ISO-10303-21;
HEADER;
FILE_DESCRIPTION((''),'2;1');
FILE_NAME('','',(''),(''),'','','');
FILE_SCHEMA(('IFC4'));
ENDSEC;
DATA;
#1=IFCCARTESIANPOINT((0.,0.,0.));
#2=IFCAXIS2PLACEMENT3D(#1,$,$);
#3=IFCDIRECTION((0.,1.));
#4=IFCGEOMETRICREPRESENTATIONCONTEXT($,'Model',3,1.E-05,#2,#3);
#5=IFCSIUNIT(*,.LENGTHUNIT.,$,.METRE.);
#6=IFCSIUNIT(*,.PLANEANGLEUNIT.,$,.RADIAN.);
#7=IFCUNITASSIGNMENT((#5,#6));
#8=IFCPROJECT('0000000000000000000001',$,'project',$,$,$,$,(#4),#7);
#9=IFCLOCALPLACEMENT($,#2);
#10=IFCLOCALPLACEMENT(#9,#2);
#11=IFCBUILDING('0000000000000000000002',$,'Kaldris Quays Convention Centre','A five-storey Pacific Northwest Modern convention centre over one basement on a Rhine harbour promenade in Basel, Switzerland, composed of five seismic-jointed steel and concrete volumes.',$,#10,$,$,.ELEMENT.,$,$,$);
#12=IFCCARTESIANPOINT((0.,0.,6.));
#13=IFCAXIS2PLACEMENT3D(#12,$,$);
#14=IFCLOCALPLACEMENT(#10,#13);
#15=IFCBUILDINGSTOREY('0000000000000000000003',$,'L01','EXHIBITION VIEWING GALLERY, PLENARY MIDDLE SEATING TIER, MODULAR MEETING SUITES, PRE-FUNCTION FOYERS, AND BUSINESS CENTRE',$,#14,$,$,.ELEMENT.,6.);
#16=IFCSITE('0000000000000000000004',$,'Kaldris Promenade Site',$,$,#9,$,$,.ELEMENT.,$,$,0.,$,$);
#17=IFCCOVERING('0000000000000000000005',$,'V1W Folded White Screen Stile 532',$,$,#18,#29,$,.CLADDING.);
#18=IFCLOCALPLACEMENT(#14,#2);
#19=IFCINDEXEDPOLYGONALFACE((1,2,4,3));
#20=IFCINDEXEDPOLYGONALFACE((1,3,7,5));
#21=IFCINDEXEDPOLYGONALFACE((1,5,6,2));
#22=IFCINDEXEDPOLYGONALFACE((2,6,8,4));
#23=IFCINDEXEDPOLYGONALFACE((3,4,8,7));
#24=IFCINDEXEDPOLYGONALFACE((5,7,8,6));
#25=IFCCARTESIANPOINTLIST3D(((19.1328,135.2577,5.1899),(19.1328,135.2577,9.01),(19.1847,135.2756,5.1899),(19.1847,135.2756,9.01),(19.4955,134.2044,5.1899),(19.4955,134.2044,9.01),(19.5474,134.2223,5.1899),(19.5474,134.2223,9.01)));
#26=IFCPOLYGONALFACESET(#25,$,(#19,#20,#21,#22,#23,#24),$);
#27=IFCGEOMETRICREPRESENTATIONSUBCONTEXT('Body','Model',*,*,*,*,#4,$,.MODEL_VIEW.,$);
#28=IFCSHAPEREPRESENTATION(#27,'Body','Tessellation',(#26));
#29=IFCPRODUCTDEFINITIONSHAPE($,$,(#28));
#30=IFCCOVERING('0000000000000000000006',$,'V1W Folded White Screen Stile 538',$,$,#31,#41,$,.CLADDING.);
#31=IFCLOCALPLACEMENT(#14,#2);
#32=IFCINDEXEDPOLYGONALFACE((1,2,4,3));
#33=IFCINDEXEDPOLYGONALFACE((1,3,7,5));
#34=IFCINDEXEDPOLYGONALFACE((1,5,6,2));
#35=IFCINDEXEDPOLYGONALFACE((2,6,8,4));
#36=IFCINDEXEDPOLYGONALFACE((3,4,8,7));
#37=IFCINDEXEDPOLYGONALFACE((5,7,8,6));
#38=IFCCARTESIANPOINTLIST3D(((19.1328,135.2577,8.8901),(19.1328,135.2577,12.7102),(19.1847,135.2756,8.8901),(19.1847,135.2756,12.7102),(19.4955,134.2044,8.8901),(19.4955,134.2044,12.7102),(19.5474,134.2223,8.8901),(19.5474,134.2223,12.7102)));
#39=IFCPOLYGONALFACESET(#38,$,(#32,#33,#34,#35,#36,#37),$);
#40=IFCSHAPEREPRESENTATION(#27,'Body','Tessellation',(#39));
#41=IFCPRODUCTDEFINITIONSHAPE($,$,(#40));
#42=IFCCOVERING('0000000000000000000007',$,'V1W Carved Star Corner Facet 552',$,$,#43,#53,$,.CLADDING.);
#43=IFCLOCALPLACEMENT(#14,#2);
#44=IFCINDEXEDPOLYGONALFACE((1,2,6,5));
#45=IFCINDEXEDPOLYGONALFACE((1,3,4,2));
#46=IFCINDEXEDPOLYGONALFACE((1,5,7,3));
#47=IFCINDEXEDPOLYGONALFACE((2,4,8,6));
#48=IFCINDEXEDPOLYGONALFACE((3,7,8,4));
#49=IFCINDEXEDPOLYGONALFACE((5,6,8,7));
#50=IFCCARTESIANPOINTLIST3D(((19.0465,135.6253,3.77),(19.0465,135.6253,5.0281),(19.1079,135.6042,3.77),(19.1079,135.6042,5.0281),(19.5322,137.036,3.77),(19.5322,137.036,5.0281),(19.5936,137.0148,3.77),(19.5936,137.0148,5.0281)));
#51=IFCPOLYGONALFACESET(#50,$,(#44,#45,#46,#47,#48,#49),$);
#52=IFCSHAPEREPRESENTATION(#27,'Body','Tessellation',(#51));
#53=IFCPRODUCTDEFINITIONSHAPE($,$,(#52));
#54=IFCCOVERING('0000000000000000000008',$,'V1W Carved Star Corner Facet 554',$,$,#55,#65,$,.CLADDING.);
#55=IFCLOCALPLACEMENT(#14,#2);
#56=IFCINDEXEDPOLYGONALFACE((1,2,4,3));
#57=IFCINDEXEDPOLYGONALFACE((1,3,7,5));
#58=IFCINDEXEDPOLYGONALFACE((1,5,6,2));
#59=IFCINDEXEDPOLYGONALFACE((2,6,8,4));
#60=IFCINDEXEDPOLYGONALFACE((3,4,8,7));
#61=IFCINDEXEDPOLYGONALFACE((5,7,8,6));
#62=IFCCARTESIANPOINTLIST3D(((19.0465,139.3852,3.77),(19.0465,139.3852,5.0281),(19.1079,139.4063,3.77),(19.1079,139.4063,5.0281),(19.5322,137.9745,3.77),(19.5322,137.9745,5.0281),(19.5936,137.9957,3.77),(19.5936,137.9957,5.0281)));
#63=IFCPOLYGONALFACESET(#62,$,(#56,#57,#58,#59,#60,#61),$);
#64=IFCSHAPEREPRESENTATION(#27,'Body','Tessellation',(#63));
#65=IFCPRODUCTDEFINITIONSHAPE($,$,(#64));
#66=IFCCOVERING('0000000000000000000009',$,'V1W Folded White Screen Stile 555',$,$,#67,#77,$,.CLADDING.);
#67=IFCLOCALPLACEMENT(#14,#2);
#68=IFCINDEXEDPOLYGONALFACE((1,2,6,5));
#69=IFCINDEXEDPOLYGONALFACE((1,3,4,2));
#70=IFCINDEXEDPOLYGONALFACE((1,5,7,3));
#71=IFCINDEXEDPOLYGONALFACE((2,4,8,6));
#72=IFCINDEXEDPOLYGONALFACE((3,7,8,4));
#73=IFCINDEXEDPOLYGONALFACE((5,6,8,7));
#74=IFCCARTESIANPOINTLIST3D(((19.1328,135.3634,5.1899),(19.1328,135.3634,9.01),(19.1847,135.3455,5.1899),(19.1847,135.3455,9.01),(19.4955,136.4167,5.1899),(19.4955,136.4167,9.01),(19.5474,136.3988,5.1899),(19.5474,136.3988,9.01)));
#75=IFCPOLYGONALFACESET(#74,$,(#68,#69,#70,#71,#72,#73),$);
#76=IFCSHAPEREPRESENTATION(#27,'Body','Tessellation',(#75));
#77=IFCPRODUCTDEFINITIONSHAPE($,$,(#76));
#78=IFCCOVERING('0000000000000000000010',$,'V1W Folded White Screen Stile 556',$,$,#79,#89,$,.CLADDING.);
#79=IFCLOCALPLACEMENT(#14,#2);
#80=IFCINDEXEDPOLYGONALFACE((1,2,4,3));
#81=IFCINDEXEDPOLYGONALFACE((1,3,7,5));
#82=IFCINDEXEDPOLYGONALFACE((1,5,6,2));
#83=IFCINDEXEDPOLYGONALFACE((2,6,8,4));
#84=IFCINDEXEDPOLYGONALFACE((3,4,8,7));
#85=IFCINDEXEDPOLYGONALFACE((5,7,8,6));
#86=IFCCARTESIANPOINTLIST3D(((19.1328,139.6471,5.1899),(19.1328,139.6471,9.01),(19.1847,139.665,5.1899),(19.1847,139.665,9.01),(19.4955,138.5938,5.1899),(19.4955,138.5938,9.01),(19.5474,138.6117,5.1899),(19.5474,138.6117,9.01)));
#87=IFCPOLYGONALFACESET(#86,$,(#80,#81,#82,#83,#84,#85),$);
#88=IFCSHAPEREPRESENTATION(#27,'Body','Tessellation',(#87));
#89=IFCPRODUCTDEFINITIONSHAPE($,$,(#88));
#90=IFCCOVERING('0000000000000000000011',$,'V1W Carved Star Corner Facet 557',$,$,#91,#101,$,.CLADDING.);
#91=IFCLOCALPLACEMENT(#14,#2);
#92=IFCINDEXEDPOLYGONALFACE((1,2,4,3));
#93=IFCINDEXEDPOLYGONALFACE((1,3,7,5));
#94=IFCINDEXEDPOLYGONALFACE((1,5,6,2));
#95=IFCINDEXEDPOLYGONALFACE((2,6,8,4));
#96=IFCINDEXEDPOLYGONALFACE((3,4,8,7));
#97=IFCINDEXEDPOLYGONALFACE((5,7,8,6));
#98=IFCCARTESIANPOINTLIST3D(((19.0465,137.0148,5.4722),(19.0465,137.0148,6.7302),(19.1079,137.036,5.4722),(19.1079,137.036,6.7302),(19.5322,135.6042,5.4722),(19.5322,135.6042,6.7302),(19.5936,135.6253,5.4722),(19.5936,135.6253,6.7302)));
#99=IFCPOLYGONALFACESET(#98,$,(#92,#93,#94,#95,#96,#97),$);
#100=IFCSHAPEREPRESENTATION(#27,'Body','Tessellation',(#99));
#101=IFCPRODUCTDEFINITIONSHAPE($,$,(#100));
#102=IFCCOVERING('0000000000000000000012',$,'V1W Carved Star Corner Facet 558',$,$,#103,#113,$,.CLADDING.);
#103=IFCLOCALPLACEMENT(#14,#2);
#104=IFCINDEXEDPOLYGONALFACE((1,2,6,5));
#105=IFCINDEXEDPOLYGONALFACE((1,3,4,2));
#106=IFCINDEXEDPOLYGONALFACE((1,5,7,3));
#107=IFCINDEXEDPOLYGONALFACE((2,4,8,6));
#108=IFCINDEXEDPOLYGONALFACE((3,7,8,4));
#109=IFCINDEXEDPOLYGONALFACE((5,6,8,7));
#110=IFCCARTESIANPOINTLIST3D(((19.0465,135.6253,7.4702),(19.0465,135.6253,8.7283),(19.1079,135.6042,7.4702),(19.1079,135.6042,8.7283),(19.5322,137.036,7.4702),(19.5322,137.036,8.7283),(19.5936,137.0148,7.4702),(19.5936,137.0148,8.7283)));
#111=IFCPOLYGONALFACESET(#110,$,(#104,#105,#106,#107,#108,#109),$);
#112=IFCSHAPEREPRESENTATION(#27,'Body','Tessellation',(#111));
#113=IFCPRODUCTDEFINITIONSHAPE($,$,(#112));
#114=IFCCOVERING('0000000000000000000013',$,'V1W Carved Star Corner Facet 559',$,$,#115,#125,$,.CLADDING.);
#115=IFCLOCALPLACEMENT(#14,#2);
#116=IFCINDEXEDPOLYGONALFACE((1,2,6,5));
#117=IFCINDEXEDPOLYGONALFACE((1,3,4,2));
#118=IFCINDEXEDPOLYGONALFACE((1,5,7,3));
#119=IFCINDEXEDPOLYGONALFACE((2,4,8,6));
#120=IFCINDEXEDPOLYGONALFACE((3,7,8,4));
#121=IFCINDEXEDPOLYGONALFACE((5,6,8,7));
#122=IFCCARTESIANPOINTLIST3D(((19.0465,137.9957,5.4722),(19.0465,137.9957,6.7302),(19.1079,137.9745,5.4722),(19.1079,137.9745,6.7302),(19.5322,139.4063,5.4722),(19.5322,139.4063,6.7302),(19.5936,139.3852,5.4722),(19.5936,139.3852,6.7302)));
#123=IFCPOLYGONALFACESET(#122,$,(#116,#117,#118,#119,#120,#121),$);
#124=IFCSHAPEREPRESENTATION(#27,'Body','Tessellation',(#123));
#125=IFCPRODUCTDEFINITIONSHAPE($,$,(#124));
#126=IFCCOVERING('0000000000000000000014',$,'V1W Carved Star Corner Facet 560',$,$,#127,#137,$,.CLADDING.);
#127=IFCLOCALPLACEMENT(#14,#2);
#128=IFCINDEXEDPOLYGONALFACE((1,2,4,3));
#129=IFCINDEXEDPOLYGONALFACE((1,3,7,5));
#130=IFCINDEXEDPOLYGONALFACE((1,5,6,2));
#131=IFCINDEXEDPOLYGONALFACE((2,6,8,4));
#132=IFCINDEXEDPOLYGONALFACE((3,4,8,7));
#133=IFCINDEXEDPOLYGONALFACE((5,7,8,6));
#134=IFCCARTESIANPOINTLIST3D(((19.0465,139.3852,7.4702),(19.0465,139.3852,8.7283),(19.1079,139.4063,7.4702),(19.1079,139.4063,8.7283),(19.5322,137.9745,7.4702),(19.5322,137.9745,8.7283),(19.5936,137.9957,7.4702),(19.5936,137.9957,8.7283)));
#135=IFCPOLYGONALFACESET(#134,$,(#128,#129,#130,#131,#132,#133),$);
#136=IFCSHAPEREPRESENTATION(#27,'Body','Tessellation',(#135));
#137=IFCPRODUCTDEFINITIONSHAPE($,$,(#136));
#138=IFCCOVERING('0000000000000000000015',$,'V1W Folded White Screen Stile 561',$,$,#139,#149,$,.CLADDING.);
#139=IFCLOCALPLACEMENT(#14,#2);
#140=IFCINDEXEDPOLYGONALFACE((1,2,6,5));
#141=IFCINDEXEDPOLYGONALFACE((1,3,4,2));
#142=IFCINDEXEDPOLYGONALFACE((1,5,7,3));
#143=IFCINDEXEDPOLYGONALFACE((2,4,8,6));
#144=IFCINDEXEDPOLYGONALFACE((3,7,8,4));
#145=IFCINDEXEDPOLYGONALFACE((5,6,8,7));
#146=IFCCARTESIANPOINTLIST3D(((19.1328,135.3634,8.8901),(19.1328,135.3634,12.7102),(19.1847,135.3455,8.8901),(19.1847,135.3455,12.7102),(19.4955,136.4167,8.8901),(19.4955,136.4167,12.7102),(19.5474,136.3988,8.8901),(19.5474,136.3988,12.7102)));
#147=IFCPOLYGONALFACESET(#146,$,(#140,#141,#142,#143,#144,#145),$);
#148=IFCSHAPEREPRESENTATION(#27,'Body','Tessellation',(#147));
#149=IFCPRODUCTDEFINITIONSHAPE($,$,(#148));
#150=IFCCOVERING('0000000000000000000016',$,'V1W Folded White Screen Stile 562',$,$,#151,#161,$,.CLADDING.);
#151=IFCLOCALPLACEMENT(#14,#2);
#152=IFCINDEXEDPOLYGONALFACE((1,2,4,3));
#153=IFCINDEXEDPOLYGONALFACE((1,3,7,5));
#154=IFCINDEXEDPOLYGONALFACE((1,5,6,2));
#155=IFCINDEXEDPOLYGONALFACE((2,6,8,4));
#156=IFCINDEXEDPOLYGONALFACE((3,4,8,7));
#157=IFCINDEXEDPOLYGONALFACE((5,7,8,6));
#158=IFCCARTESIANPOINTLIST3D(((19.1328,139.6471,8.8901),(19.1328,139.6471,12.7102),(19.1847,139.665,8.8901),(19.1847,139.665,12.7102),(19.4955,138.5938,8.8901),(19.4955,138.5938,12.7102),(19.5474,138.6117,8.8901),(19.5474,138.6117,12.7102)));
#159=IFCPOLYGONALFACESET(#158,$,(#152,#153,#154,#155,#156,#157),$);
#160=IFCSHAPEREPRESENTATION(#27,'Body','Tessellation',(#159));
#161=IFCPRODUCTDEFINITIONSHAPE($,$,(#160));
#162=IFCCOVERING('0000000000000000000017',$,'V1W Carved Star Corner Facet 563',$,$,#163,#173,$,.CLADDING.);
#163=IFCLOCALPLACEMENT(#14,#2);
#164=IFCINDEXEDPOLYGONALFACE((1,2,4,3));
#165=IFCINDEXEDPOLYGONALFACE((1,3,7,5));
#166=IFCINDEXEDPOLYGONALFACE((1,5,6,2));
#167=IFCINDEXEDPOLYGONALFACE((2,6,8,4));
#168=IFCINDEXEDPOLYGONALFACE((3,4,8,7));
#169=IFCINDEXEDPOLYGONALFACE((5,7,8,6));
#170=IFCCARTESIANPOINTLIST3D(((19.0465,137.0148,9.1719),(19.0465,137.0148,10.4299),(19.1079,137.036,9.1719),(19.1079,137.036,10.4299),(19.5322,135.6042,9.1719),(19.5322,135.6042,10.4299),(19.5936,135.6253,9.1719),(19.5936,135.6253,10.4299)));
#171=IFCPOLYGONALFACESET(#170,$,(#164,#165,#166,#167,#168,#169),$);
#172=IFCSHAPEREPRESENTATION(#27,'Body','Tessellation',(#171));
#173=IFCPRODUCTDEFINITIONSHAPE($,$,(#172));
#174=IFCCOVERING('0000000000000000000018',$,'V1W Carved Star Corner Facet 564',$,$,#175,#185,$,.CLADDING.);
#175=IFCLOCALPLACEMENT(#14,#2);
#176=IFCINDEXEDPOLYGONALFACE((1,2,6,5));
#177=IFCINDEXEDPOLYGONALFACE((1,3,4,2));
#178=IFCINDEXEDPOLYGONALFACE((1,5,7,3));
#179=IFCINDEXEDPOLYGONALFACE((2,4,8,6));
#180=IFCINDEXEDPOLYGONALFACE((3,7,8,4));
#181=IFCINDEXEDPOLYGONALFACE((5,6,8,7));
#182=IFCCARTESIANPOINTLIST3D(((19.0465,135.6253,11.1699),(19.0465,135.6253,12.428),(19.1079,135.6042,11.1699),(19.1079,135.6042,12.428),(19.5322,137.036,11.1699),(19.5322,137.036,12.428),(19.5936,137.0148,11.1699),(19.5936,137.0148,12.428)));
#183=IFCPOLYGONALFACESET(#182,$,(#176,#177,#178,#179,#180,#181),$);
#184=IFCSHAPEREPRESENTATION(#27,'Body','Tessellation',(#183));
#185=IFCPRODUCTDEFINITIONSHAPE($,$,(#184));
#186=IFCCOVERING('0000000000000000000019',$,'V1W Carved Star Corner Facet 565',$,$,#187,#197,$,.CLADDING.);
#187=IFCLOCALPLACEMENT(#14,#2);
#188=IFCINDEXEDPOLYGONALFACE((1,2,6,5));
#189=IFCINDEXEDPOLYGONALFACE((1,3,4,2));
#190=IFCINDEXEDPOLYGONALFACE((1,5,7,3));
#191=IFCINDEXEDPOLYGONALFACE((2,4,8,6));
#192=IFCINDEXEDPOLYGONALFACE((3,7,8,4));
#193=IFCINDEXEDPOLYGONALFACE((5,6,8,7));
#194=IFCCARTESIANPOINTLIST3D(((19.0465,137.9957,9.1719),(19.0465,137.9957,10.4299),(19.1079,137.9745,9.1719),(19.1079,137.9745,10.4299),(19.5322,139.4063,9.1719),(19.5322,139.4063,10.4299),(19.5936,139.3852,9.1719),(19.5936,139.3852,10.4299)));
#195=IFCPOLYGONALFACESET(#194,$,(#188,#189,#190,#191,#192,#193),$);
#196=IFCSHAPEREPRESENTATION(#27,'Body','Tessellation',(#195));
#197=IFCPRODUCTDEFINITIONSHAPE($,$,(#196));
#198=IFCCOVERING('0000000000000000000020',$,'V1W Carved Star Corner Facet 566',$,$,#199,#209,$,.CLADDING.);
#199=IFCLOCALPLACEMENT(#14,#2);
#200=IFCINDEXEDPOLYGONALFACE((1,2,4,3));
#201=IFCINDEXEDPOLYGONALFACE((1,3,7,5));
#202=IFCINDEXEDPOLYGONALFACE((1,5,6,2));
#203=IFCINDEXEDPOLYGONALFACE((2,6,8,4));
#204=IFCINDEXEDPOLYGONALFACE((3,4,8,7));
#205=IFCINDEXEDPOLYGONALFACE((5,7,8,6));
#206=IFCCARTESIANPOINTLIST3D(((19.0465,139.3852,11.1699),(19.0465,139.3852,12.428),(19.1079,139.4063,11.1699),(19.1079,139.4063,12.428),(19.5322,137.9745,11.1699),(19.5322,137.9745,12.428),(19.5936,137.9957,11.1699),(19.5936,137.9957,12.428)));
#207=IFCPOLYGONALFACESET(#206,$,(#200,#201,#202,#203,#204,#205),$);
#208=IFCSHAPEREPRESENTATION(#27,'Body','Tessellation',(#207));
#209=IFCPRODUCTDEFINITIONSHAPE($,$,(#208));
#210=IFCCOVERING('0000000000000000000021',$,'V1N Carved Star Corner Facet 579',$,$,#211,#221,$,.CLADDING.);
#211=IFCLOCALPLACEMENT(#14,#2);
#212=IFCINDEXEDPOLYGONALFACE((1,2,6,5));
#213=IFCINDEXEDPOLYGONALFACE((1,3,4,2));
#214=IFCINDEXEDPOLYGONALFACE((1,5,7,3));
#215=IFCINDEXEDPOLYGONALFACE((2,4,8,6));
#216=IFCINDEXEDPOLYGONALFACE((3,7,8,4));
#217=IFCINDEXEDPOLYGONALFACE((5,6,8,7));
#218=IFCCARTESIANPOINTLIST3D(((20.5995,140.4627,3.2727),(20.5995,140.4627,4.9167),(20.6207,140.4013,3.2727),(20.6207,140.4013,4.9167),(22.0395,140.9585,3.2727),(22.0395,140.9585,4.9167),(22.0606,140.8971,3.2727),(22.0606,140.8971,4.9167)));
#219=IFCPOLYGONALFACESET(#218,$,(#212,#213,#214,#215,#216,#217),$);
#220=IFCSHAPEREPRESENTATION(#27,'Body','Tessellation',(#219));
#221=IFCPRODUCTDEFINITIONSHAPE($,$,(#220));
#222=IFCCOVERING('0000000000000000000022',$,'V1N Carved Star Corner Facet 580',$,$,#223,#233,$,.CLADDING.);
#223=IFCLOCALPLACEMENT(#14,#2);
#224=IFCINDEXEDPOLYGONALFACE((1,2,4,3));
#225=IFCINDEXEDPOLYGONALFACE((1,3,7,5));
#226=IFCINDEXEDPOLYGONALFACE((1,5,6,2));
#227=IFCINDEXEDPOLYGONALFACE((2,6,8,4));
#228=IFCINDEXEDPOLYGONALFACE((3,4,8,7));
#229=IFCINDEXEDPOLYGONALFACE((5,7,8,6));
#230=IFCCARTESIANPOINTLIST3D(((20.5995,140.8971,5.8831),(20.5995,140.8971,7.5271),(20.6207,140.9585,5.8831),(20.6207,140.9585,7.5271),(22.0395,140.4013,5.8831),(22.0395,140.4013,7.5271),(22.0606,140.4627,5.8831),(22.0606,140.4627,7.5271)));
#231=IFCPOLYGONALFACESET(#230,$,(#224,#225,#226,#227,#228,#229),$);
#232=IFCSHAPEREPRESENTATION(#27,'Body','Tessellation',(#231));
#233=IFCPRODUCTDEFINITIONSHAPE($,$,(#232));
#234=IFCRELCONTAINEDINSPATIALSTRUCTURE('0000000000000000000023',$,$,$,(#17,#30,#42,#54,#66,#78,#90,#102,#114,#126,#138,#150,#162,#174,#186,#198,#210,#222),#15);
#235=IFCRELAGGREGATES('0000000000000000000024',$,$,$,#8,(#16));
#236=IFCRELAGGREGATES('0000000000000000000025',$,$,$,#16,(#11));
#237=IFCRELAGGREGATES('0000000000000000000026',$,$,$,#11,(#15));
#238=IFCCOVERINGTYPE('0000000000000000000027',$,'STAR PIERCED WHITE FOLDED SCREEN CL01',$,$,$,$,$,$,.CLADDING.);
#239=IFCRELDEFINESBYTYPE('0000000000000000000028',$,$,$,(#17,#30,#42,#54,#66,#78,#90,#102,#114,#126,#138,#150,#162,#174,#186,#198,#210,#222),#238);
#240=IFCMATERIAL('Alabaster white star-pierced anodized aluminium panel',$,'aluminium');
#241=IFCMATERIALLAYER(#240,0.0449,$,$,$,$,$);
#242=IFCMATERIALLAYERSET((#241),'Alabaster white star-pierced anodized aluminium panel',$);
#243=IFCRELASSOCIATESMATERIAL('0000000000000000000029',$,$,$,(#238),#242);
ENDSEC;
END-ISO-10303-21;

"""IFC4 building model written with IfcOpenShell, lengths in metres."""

from ifc_helpers import new_model, si_unit, direction, frame, origin, origin_2d, place, context, subcontext, project, spatial, rectangle, extrude, material, layer, layer_set, type_object, element, save


model = new_model("IFC4")

# Units and contexts
model_context = context("Model", 3, precision=1e-05, world=origin(), true_north=direction((0.0, 1.0)))
body_context = subcontext(model_context, "Body", "Model", "MODEL_VIEW")
ifc_project = project(units=[si_unit("LENGTHUNIT", "METRE"), si_unit("PLANEANGLEUNIT", "RADIAN")], contexts=[model_context])

# Site, building, storey
site_placement = place(None, origin())
site = spatial("IfcSite", under=ifc_project, at=site_placement, Name="Kaldris Promenade Site", CompositionType="ELEMENT", RefElevation=0.0)
building_placement = place(site_placement, origin())
building = spatial("IfcBuilding", under=site, at=building_placement, Name="Kaldris Quays Convention Centre", Description="A five-storey Pacific Northwest Modern convention centre over one basement on a Rhine harbour promenade in Basel, Switzerland, composed of five seismic-jointed steel and concrete volumes.", CompositionType="ELEMENT")
storey_placement = place(building_placement, frame((0.0, 0.0, 6.0)))
storey = spatial("IfcBuildingStorey", under=building, at=storey_placement, Name="L01", Description="EXHIBITION VIEWING GALLERY, PLENARY MIDDLE SEATING TIER, MODULAR MEETING SUITES, PRE-FUNCTION FOYERS, AND BUSINESS CENTRE", CompositionType="ELEMENT", Elevation=6.0)

# Coverings
ifc_material_1 = material(Name="Alabaster white star-pierced anodized aluminium panel", Category="aluminium")
ifc_layer = layer(ifc_material_1, 0.0449)
ifc_layer_set = layer_set([ifc_layer], Name="Alabaster white star-pierced anodized aluminium panel")
covering_type = type_object("IfcCoveringType", Name="STAR PIERCED WHITE FOLDED SCREEN CL01", PredefinedType="CLADDING", material=ifc_layer_set)
for number, where, z_axis, x_axis, name in (
    (1, (19.3401, 134.74, 5.1899), (0.0, 0.0, 1.0), (-0.325568, 0.945519, 0.0), "V1W Folded White Screen Stile 532"),
    (2, (19.3401, 134.74, 8.8901), (0.0, 0.0, 1.0), (-0.325568, 0.945519, 0.0), "V1W Folded White Screen Stile 538"),
):
    element("IfcCovering", number, at=place(storey_placement, frame(where, z_axis=z_axis, x_axis=x_axis)), inside=storey, type_object=covering_type, Name=name, PredefinedType="CLADDING", context=body_context, shape_type="SweptSolid", body=[
        extrude(rectangle(XDim=1.114, YDim=0.0549, at=origin_2d()), origin(), (0.0, 0.0, 1.0), 3.8201),
    ])
for number, where, z_axis, x_axis, name in (
    (3, (19.3201, 136.3201, 3.77), (0.0, 0.0, 1.0), (0.325568, 0.945519, 0.0), "V1W Carved Star Corner Facet 552"),
    (4, (19.3201, 138.6904, 3.77), (0.0, 0.0, 1.0), (-0.325568, 0.945519, 0.0), "V1W Carved Star Corner Facet 554"),
):
    element("IfcCovering", number, at=place(storey_placement, frame(where, z_axis=z_axis, x_axis=x_axis)), inside=storey, type_object=covering_type, Name=name, PredefinedType="CLADDING", context=body_context, shape_type="SweptSolid", body=[
        extrude(rectangle(XDim=1.4919, YDim=0.0649, at=origin_2d()), origin(), (0.0, 0.0, 1.0), 1.2581),
    ])
for number, where, z_axis, x_axis, name in (
    (5, (19.3401, 135.8811, 5.1899), (0.0, 0.0, 1.0), (0.325568, 0.945519, 0.0), "V1W Folded White Screen Stile 555"),
    (6, (19.3401, 139.1294, 5.1899), (0.0, 0.0, 1.0), (-0.325568, 0.945519, 0.0), "V1W Folded White Screen Stile 556"),
):
    element("IfcCovering", number, at=place(storey_placement, frame(where, z_axis=z_axis, x_axis=x_axis)), inside=storey, type_object=covering_type, Name=name, PredefinedType="CLADDING", context=body_context, shape_type="SweptSolid", body=[
        extrude(rectangle(XDim=1.114, YDim=0.0549, at=origin_2d()), origin(), (0.0, 0.0, 1.0), 3.8201),
    ])
for number, where, z_axis, x_axis, name in (
    (7, (19.3201, 136.3201, 5.4722), (0.0, 0.0, 1.0), (-0.325568, 0.945519, 0.0), "V1W Carved Star Corner Facet 557"),
    (8, (19.3201, 136.3201, 7.4702), (0.0, 0.0, 1.0), (0.325568, 0.945519, 0.0), "V1W Carved Star Corner Facet 558"),
    (9, (19.3201, 138.6904, 5.4722), (0.0, 0.0, 1.0), (0.325568, 0.945519, 0.0), "V1W Carved Star Corner Facet 559"),
    (10, (19.3201, 138.6904, 7.4702), (0.0, 0.0, 1.0), (-0.325568, 0.945519, 0.0), "V1W Carved Star Corner Facet 560"),
):
    element("IfcCovering", number, at=place(storey_placement, frame(where, z_axis=z_axis, x_axis=x_axis)), inside=storey, type_object=covering_type, Name=name, PredefinedType="CLADDING", context=body_context, shape_type="SweptSolid", body=[
        extrude(rectangle(XDim=1.4919, YDim=0.0649, at=origin_2d()), origin(), (0.0, 0.0, 1.0), 1.2581),
    ])
for number, where, z_axis, x_axis, name in (
    (11, (19.3401, 135.8811, 8.8901), (0.0, 0.0, 1.0), (0.325568, 0.945519, 0.0), "V1W Folded White Screen Stile 561"),
    (12, (19.3401, 139.1294, 8.8901), (0.0, 0.0, 1.0), (-0.325568, 0.945519, 0.0), "V1W Folded White Screen Stile 562"),
):
    element("IfcCovering", number, at=place(storey_placement, frame(where, z_axis=z_axis, x_axis=x_axis)), inside=storey, type_object=covering_type, Name=name, PredefinedType="CLADDING", context=body_context, shape_type="SweptSolid", body=[
        extrude(rectangle(XDim=1.114, YDim=0.0549, at=origin_2d()), origin(), (0.0, 0.0, 1.0), 3.8201),
    ])
for number, where, z_axis, x_axis, name in (
    (13, (19.3201, 136.3201, 9.1719), (0.0, 0.0, 1.0), (-0.325568, 0.945519, 0.0), "V1W Carved Star Corner Facet 563"),
    (14, (19.3201, 136.3201, 11.1699), (0.0, 0.0, 1.0), (0.325568, 0.945519, 0.0), "V1W Carved Star Corner Facet 564"),
    (15, (19.3201, 138.6904, 9.1719), (0.0, 0.0, 1.0), (0.325568, 0.945519, 0.0), "V1W Carved Star Corner Facet 565"),
    (16, (19.3201, 138.6904, 11.1699), (0.0, 0.0, 1.0), (-0.325568, 0.945519, 0.0), "V1W Carved Star Corner Facet 566"),
):
    element("IfcCovering", number, at=place(storey_placement, frame(where, z_axis=z_axis, x_axis=x_axis)), inside=storey, type_object=covering_type, Name=name, PredefinedType="CLADDING", context=body_context, shape_type="SweptSolid", body=[
        extrude(rectangle(XDim=1.4919, YDim=0.0649, at=origin_2d()), origin(), (0.0, 0.0, 1.0), 1.2581),
    ])
for number, where, z_axis, x_axis, name in (
    (17, (21.3301, 140.6799, 3.2727), (0.0, 0.0, 1.0), (0.945519, 0.325568, 0.0), "V1N Carved Star Corner Facet 579"),
    (18, (21.3301, 140.6799, 5.8831), (0.0, 0.0, 1.0), (0.945519, -0.325568, 0.0), "V1N Carved Star Corner Facet 580"),
):
    element("IfcCovering", number, at=place(storey_placement, frame(where, z_axis=z_axis, x_axis=x_axis)), inside=storey, type_object=covering_type, Name=name, PredefinedType="CLADDING", context=body_context, shape_type="SweptSolid", body=[
        extrude(rectangle(XDim=1.5229, YDim=0.0649, at=origin_2d()), origin(), (0.0, 0.0, 1.0), 1.644),
    ])

save(model, "model.ifc")
